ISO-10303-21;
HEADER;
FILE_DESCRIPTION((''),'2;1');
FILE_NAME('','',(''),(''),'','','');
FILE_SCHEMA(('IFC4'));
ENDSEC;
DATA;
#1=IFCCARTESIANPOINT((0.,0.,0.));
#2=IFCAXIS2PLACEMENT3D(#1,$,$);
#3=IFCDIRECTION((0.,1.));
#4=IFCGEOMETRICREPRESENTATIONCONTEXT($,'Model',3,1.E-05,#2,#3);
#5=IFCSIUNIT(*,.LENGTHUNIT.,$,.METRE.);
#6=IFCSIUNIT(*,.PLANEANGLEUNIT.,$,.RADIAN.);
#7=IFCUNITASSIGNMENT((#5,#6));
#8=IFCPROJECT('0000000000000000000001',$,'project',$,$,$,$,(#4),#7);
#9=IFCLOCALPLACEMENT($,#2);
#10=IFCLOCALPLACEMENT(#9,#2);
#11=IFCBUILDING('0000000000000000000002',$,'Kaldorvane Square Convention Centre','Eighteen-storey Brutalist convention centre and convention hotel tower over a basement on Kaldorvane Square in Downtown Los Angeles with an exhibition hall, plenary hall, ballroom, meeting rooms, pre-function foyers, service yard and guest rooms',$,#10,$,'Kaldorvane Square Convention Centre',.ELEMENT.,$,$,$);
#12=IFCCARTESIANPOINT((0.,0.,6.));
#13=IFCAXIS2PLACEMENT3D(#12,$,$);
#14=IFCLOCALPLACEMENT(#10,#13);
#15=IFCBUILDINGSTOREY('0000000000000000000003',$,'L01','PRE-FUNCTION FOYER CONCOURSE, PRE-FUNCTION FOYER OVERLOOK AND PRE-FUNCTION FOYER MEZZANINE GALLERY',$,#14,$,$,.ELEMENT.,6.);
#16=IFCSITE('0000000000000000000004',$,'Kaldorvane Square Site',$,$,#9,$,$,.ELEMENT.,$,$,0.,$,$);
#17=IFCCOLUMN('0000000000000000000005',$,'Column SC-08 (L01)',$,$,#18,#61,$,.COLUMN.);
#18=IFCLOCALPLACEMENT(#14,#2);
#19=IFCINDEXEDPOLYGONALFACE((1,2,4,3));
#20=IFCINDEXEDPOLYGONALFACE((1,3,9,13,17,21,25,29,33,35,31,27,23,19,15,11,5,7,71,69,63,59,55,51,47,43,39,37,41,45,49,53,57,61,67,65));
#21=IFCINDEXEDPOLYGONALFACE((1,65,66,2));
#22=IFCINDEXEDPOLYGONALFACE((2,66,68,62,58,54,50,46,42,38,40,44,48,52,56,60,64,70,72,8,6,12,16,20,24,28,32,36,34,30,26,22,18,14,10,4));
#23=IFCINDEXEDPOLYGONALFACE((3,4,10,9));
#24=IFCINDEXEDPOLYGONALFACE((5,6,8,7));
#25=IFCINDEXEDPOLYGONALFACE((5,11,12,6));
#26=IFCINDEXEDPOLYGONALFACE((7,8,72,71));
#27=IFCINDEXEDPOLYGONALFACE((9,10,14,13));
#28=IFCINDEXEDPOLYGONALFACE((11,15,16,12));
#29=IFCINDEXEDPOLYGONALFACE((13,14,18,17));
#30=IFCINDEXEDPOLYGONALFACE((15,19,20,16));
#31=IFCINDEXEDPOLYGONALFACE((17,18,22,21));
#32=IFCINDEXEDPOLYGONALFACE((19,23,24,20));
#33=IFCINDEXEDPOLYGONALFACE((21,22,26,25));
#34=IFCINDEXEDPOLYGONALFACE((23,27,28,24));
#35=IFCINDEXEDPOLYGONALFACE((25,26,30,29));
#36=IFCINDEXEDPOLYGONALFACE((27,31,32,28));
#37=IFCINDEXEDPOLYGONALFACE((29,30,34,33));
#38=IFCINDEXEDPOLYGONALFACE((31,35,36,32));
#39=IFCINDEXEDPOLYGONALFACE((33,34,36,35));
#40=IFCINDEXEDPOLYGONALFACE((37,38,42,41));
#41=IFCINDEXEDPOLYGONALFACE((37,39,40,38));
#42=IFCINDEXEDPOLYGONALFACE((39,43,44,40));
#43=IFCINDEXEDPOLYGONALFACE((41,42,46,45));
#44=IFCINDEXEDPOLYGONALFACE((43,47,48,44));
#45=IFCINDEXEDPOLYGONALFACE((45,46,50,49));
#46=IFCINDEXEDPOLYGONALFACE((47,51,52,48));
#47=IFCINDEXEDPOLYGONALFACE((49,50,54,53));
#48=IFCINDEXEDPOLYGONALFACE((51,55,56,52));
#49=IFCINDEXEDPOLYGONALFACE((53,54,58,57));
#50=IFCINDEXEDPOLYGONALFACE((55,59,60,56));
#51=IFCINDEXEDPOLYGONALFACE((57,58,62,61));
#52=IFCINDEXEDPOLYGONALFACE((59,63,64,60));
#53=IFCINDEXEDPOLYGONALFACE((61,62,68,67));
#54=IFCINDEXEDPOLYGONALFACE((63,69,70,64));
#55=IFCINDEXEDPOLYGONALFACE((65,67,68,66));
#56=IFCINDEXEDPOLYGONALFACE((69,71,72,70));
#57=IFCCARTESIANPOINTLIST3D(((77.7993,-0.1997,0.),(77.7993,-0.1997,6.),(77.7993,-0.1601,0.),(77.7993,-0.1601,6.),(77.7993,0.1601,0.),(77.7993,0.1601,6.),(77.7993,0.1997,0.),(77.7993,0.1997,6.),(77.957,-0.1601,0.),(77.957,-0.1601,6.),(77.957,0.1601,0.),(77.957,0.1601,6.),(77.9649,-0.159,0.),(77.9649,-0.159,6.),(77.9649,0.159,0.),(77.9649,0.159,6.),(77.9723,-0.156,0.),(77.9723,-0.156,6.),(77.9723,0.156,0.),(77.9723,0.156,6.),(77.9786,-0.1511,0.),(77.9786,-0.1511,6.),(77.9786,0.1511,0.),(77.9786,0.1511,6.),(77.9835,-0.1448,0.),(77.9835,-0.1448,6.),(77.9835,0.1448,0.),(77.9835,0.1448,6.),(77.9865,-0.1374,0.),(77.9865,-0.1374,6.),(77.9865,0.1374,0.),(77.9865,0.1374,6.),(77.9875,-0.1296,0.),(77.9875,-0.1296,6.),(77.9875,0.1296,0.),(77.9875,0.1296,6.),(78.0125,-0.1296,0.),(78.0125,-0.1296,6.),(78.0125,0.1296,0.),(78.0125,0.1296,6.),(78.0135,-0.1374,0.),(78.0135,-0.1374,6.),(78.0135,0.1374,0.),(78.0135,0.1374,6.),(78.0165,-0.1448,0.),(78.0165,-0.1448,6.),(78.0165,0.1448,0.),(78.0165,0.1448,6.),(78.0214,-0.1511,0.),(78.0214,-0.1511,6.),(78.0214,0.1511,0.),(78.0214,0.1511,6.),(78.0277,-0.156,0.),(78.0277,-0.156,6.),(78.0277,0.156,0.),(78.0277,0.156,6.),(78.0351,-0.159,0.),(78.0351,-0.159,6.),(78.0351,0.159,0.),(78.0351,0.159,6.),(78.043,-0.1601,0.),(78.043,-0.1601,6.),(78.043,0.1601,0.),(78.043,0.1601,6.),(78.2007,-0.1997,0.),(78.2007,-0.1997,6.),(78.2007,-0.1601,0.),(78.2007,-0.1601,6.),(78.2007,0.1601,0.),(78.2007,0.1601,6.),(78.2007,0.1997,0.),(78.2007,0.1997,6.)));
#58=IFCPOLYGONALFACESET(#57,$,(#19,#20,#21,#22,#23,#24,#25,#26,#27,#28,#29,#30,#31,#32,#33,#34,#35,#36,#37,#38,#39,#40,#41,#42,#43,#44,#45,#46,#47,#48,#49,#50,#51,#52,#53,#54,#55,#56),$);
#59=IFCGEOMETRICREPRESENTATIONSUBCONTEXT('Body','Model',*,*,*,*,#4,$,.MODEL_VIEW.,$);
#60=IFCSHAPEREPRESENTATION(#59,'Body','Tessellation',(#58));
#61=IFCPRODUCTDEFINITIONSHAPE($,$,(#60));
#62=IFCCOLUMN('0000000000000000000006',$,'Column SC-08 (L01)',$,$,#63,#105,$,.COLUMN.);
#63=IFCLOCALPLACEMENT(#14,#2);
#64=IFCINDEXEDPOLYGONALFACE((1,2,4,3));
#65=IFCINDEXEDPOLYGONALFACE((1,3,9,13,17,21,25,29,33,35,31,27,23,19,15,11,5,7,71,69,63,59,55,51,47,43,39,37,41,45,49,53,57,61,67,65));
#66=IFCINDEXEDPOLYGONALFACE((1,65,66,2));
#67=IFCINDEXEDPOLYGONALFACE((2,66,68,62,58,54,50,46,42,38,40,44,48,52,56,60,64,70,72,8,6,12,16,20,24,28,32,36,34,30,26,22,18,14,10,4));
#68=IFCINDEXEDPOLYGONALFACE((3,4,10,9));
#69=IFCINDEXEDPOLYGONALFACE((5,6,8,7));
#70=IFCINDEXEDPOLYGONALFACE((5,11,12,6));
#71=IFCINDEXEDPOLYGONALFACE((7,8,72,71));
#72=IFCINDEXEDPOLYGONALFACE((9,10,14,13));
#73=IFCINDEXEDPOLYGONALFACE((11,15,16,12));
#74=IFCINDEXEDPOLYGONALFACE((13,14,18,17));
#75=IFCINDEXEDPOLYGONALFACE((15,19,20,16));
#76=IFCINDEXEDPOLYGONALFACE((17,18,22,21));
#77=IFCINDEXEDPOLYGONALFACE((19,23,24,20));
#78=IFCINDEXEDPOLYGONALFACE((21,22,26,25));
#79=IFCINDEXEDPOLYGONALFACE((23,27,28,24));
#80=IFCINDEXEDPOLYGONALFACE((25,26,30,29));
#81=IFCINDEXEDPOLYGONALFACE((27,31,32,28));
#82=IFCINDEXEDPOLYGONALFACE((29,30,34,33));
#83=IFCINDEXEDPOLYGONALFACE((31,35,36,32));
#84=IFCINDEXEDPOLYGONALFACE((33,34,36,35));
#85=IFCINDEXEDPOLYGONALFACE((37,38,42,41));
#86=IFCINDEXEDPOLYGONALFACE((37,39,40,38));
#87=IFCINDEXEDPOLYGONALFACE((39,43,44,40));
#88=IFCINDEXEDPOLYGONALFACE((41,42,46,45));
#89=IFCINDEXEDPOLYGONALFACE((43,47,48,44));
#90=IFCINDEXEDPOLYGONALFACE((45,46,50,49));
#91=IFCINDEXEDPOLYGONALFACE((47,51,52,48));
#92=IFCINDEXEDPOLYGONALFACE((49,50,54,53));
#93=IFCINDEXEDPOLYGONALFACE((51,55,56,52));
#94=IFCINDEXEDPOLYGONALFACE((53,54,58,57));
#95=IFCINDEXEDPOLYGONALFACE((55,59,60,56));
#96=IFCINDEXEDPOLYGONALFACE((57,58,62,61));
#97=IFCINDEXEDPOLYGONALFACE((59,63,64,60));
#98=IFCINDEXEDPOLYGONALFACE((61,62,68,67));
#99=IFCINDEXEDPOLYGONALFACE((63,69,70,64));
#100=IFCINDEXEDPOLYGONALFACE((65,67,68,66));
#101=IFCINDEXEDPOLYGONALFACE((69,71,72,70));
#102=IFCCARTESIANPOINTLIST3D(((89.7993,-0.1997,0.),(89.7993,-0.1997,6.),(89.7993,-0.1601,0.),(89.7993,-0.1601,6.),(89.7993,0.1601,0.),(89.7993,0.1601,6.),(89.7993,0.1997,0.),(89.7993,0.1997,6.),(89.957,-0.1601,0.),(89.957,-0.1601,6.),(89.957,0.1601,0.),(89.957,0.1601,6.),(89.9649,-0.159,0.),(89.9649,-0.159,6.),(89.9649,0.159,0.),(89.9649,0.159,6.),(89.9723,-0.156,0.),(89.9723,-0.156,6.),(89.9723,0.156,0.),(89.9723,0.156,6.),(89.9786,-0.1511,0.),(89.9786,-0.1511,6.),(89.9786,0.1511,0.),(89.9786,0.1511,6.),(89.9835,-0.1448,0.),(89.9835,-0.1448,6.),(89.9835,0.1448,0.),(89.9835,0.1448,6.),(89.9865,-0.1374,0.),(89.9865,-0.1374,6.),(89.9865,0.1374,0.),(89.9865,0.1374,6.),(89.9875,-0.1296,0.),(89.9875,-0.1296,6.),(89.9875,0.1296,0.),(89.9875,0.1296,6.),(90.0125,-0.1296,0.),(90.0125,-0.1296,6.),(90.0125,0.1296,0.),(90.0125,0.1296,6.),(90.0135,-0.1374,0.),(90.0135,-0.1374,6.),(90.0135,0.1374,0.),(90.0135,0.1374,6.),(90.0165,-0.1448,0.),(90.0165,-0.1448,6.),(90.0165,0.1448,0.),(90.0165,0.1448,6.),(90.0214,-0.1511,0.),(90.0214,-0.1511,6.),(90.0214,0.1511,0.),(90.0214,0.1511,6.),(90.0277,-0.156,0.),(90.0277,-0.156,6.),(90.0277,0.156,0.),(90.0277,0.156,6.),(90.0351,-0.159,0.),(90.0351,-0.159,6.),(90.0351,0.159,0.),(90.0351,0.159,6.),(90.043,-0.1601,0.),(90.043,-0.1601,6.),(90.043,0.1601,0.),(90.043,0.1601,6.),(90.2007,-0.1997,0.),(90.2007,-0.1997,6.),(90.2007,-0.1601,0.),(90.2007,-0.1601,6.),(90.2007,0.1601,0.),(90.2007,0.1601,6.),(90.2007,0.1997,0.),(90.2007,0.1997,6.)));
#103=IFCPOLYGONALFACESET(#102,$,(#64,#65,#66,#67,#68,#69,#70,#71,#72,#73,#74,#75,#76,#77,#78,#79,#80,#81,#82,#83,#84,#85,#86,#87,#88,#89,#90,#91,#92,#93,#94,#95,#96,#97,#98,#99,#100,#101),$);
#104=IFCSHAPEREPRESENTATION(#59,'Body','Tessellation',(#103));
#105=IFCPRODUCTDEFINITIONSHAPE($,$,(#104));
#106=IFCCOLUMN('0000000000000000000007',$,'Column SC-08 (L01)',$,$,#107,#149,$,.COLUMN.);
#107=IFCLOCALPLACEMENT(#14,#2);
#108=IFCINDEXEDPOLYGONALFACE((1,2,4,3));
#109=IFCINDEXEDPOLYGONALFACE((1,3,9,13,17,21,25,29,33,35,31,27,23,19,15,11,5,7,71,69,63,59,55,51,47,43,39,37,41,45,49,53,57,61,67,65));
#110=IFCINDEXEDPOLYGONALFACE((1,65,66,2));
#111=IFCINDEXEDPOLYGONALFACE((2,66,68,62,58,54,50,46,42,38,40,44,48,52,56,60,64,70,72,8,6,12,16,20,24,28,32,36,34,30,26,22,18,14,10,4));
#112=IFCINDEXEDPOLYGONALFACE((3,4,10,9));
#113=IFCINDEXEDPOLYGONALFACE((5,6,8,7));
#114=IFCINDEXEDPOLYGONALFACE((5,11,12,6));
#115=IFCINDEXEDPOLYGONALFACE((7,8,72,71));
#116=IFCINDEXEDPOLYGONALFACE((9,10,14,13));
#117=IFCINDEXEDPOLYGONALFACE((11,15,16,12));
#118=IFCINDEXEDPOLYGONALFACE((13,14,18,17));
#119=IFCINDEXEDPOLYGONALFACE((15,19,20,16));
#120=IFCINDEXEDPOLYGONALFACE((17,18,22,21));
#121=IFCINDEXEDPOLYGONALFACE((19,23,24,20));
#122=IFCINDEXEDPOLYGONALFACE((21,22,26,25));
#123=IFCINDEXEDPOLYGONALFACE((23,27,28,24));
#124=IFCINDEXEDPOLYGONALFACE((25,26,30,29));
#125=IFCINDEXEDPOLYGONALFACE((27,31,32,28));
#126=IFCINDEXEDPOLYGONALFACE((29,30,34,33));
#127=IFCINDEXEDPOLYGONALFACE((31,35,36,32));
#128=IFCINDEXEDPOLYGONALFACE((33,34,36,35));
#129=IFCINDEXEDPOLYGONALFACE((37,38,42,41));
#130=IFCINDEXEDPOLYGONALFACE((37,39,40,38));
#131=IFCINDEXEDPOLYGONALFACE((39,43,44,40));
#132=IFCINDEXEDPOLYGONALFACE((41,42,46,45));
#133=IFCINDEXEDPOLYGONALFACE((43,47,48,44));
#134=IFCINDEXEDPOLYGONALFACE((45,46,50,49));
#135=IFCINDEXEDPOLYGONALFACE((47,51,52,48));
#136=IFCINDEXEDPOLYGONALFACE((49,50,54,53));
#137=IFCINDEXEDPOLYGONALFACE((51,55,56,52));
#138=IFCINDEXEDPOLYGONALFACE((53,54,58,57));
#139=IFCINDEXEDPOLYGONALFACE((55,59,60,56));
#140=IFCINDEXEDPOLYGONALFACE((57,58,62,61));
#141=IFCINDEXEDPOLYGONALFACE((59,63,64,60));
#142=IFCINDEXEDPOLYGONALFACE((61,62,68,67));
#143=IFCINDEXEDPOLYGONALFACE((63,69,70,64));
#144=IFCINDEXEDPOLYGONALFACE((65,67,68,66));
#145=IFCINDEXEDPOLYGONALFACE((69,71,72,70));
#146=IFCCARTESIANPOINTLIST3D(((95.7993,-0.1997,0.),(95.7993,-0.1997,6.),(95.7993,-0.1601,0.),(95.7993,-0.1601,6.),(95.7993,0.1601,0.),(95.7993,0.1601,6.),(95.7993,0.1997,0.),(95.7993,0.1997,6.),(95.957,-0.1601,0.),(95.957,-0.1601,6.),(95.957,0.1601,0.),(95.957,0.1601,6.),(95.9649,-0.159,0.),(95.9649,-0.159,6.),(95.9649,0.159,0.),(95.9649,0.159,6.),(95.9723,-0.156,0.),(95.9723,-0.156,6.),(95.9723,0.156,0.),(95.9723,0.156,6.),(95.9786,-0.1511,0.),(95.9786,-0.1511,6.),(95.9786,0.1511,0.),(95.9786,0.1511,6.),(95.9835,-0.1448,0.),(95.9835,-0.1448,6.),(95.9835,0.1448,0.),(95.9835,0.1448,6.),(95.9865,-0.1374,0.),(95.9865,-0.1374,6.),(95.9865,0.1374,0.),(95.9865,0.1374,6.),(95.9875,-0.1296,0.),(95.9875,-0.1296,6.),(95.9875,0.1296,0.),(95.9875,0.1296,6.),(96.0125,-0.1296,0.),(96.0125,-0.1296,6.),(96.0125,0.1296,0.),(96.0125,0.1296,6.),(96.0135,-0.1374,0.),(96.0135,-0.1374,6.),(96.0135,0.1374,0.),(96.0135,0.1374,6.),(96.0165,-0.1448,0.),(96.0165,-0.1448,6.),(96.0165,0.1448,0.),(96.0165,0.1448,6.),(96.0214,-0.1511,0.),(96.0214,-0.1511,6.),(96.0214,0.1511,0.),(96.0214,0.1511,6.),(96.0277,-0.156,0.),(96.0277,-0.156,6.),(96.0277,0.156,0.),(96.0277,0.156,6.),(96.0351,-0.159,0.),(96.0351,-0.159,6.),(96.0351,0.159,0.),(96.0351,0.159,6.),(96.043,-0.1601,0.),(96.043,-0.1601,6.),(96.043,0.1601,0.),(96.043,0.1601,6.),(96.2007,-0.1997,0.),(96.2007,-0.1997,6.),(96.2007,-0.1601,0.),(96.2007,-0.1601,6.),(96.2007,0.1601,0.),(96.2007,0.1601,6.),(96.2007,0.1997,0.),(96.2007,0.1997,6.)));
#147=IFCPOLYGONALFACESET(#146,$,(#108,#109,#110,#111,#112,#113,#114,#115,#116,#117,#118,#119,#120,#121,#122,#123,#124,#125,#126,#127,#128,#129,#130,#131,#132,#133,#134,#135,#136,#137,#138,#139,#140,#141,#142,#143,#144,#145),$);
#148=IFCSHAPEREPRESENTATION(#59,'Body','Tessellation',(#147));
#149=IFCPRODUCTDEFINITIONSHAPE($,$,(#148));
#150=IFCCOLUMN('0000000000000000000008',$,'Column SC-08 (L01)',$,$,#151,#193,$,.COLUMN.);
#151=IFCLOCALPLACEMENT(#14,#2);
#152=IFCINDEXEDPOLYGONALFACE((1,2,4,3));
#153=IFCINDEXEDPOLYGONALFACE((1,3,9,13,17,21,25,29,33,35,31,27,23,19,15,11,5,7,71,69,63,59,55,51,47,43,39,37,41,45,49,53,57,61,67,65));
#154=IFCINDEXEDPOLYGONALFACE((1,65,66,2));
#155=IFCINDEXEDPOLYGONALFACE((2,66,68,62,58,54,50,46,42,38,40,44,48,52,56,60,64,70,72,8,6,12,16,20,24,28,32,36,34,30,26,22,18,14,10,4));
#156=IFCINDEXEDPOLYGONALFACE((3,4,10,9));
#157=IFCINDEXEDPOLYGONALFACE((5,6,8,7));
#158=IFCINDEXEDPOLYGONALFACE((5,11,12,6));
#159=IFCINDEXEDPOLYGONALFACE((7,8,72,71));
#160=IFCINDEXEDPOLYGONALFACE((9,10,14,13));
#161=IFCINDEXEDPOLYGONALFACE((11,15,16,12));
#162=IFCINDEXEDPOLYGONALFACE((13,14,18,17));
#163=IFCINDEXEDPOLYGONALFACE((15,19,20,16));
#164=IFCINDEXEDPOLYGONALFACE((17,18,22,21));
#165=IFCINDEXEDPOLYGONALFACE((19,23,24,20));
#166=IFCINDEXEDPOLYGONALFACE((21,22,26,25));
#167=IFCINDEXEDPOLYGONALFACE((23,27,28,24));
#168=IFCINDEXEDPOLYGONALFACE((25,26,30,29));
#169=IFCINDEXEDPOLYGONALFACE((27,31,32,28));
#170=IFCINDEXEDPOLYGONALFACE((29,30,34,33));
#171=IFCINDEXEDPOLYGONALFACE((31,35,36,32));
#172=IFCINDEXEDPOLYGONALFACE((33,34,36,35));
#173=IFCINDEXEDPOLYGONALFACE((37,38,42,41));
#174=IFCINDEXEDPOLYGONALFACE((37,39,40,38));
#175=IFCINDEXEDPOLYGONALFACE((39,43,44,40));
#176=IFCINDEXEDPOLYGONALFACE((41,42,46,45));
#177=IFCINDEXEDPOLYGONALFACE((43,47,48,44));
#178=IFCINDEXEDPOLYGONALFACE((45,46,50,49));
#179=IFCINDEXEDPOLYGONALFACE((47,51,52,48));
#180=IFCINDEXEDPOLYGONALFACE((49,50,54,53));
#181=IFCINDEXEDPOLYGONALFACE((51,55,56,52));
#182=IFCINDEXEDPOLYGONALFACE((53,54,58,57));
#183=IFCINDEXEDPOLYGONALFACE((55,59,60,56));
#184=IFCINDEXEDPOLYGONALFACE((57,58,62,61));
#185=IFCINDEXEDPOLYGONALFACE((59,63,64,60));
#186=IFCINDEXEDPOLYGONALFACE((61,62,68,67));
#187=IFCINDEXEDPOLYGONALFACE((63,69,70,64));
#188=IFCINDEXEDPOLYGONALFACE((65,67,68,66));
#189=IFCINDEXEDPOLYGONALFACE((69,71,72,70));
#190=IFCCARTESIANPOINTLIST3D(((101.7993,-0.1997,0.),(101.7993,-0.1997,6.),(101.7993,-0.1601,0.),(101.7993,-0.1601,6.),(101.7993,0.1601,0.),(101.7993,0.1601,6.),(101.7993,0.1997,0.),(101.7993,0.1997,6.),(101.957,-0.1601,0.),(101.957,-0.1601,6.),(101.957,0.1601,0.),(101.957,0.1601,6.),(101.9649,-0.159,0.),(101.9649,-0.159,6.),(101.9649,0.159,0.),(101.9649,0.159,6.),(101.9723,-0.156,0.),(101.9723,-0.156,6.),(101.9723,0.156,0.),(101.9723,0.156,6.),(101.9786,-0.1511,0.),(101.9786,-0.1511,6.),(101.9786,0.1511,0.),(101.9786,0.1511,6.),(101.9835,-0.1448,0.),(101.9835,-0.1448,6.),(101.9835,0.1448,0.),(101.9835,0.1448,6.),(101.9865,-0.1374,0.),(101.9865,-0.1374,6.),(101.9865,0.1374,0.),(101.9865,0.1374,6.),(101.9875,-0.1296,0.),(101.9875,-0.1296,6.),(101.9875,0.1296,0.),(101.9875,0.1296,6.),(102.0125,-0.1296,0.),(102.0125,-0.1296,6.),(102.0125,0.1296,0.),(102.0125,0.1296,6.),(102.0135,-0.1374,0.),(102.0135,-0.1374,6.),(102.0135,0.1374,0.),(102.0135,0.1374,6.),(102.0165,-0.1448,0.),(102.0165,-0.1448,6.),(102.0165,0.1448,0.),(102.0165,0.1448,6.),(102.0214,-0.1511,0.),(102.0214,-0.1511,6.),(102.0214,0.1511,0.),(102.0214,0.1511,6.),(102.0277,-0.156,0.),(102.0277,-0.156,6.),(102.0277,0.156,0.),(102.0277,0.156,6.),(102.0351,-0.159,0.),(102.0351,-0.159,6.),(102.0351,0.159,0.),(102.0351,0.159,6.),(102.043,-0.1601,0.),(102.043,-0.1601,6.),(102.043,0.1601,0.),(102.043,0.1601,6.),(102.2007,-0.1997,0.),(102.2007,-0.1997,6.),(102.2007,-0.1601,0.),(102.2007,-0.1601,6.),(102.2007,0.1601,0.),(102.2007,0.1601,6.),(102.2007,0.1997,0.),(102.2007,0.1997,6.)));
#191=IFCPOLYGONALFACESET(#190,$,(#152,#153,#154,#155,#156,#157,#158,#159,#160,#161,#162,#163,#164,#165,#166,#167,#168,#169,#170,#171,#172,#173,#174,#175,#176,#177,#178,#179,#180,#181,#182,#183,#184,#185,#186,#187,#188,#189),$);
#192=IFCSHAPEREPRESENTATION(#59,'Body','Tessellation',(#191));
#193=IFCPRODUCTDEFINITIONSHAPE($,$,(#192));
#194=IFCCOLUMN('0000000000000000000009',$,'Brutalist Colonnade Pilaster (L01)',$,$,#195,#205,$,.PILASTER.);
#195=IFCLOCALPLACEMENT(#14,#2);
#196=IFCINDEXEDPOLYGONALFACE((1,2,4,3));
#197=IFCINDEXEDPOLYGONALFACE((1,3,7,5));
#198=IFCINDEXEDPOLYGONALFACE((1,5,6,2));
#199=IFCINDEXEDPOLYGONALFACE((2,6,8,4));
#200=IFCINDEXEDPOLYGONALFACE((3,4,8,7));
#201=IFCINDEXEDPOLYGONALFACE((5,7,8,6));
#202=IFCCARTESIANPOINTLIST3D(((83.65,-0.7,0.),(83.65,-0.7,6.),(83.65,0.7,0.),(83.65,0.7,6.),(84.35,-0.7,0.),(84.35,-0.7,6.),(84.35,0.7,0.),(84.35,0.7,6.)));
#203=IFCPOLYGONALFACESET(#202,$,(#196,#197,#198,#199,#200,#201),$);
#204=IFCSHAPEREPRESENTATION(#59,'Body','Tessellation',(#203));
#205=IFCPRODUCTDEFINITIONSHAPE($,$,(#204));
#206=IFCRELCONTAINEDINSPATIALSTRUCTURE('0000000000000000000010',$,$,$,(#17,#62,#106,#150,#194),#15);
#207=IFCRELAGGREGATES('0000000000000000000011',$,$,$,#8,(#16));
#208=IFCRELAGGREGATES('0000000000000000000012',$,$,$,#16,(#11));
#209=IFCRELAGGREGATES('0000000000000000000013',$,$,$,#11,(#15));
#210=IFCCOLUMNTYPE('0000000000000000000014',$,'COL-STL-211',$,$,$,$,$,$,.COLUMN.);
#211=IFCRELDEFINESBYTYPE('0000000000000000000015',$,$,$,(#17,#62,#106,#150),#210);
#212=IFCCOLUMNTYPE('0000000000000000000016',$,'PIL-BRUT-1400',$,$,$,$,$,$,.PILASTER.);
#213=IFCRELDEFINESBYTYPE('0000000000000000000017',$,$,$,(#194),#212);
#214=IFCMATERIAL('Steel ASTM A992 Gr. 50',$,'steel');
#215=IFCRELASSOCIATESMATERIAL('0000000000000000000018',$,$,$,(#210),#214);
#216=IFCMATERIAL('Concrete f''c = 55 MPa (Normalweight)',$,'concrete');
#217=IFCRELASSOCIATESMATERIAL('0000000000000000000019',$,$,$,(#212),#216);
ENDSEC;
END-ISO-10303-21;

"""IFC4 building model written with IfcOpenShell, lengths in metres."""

from ifc_helpers import new_model, si_unit, direction, frame, origin, origin_2d, place, context, subcontext, project, spatial, rectangle, i_section, extrude, material, material_profile, profile_set, type_object, element, save


model = new_model("IFC4")

# Units and contexts
model_context = context("Model", 3, precision=1e-05, world=origin(), true_north=direction((0.0, 1.0)))
body_context = subcontext(model_context, "Body", "Model", "MODEL_VIEW")
ifc_project = project(units=[si_unit("LENGTHUNIT", "METRE"), si_unit("PLANEANGLEUNIT", "RADIAN")], contexts=[model_context])

# Site, building, storey
site_placement = place(None, origin())
site = spatial("IfcSite", under=ifc_project, at=site_placement, Name="Kaldorvane Square Site", CompositionType="ELEMENT", RefElevation=0.0)
building_placement = place(site_placement, origin())
building = spatial("IfcBuilding", under=site, at=building_placement, Name="Kaldorvane Square Convention Centre", Description="Eighteen-storey Brutalist convention centre and convention hotel tower over a basement on Kaldorvane Square in Downtown Los Angeles with an exhibition hall, plenary hall, ballroom, meeting rooms, pre-function foyers, service yard and guest rooms", LongName="Kaldorvane Square Convention Centre", CompositionType="ELEMENT")
storey_placement = place(building_placement, frame((0.0, 0.0, 6.0)))
storey = spatial("IfcBuildingStorey", under=building, at=storey_placement, Name="L01", Description="PRE-FUNCTION FOYER CONCOURSE, PRE-FUNCTION FOYER OVERLOOK AND PRE-FUNCTION FOYER MEZZANINE GALLERY", CompositionType="ELEMENT", Elevation=6.0)

# Columns
ifc_material_1 = material(Name="Steel ASTM A992 Gr. 50", Category="steel")
ifc_material_profile_1 = material_profile(ifc_material_1, i_section(OverallWidth=0.4013, OverallDepth=0.3993, WebThickness=0.0249, FlangeThickness=0.0396, FilletRadius=0.0305, at=origin_2d()), Name="W14X211")
ifc_profile_set_1 = profile_set([ifc_material_profile_1], Name="Steel ASTM A992 Gr. 50")
column_type_1 = type_object("IfcColumnType", Name="COL-STL-211", PredefinedType="COLUMN", material=ifc_profile_set_1)
for number, where, z_axis, x_axis, name in (
    (1, (78.0, 0.0, 0.0), (0.0, 0.0, 1.0), (1.0, 0.0, 0.0), "Column SC-08 (L01)"),
    (2, (90.0, 0.0, 0.0), (0.0, 0.0, 1.0), (1.0, 0.0, 0.0), "Column SC-08 (L01)"),
    (3, (96.0, 0.0, 0.0), (0.0, 0.0, 1.0), (1.0, 0.0, 0.0), "Column SC-08 (L01)"),
    (4, (102.0, 0.0, 0.0), (0.0, 0.0, 1.0), (1.0, 0.0, 0.0), "Column SC-08 (L01)"),
):
    element("IfcColumn", number, at=place(storey_placement, frame(where, z_axis=z_axis, x_axis=x_axis)), inside=storey, type_object=column_type_1, Name=name, PredefinedType="COLUMN", context=body_context, shape_type="SweptSolid", body=[
        extrude(i_section(OverallWidth=0.4013, OverallDepth=0.3993, WebThickness=0.0249, FlangeThickness=0.0396, FilletRadius=0.0305, at=origin_2d()), origin(), (0.0, 0.0, 1.0), 6.0),
    ])
ifc_material_2 = material(Name="Concrete f'c = 55 MPa (Normalweight)", Category="concrete")
ifc_material_profile_2 = material_profile(ifc_material_2, rectangle(XDim=0.7, YDim=1.4, at=origin_2d()), Name="PIL1400X700")
ifc_profile_set_2 = profile_set([ifc_material_profile_2], Name="Concrete f'c = 55 MPa (Normalweight)")
column_type_2 = type_object("IfcColumnType", Name="PIL-BRUT-1400", PredefinedType="PILASTER", material=ifc_profile_set_2)
column_placement = place(storey_placement, frame((84.0, 0.0, 0.0), z_axis=(0.0, 0.0, 1.0), x_axis=(1.0, 0.0, 0.0)))
element("IfcColumn", 5, at=column_placement, inside=storey, type_object=column_type_2, Name="Brutalist Colonnade Pilaster (L01)", PredefinedType="PILASTER", context=body_context, shape_type="SweptSolid", body=[
    extrude(rectangle(XDim=0.7, YDim=1.4, at=origin_2d()), origin(), (0.0, 0.0, 1.0), 6.0),
])

save(model, "model.ifc")
